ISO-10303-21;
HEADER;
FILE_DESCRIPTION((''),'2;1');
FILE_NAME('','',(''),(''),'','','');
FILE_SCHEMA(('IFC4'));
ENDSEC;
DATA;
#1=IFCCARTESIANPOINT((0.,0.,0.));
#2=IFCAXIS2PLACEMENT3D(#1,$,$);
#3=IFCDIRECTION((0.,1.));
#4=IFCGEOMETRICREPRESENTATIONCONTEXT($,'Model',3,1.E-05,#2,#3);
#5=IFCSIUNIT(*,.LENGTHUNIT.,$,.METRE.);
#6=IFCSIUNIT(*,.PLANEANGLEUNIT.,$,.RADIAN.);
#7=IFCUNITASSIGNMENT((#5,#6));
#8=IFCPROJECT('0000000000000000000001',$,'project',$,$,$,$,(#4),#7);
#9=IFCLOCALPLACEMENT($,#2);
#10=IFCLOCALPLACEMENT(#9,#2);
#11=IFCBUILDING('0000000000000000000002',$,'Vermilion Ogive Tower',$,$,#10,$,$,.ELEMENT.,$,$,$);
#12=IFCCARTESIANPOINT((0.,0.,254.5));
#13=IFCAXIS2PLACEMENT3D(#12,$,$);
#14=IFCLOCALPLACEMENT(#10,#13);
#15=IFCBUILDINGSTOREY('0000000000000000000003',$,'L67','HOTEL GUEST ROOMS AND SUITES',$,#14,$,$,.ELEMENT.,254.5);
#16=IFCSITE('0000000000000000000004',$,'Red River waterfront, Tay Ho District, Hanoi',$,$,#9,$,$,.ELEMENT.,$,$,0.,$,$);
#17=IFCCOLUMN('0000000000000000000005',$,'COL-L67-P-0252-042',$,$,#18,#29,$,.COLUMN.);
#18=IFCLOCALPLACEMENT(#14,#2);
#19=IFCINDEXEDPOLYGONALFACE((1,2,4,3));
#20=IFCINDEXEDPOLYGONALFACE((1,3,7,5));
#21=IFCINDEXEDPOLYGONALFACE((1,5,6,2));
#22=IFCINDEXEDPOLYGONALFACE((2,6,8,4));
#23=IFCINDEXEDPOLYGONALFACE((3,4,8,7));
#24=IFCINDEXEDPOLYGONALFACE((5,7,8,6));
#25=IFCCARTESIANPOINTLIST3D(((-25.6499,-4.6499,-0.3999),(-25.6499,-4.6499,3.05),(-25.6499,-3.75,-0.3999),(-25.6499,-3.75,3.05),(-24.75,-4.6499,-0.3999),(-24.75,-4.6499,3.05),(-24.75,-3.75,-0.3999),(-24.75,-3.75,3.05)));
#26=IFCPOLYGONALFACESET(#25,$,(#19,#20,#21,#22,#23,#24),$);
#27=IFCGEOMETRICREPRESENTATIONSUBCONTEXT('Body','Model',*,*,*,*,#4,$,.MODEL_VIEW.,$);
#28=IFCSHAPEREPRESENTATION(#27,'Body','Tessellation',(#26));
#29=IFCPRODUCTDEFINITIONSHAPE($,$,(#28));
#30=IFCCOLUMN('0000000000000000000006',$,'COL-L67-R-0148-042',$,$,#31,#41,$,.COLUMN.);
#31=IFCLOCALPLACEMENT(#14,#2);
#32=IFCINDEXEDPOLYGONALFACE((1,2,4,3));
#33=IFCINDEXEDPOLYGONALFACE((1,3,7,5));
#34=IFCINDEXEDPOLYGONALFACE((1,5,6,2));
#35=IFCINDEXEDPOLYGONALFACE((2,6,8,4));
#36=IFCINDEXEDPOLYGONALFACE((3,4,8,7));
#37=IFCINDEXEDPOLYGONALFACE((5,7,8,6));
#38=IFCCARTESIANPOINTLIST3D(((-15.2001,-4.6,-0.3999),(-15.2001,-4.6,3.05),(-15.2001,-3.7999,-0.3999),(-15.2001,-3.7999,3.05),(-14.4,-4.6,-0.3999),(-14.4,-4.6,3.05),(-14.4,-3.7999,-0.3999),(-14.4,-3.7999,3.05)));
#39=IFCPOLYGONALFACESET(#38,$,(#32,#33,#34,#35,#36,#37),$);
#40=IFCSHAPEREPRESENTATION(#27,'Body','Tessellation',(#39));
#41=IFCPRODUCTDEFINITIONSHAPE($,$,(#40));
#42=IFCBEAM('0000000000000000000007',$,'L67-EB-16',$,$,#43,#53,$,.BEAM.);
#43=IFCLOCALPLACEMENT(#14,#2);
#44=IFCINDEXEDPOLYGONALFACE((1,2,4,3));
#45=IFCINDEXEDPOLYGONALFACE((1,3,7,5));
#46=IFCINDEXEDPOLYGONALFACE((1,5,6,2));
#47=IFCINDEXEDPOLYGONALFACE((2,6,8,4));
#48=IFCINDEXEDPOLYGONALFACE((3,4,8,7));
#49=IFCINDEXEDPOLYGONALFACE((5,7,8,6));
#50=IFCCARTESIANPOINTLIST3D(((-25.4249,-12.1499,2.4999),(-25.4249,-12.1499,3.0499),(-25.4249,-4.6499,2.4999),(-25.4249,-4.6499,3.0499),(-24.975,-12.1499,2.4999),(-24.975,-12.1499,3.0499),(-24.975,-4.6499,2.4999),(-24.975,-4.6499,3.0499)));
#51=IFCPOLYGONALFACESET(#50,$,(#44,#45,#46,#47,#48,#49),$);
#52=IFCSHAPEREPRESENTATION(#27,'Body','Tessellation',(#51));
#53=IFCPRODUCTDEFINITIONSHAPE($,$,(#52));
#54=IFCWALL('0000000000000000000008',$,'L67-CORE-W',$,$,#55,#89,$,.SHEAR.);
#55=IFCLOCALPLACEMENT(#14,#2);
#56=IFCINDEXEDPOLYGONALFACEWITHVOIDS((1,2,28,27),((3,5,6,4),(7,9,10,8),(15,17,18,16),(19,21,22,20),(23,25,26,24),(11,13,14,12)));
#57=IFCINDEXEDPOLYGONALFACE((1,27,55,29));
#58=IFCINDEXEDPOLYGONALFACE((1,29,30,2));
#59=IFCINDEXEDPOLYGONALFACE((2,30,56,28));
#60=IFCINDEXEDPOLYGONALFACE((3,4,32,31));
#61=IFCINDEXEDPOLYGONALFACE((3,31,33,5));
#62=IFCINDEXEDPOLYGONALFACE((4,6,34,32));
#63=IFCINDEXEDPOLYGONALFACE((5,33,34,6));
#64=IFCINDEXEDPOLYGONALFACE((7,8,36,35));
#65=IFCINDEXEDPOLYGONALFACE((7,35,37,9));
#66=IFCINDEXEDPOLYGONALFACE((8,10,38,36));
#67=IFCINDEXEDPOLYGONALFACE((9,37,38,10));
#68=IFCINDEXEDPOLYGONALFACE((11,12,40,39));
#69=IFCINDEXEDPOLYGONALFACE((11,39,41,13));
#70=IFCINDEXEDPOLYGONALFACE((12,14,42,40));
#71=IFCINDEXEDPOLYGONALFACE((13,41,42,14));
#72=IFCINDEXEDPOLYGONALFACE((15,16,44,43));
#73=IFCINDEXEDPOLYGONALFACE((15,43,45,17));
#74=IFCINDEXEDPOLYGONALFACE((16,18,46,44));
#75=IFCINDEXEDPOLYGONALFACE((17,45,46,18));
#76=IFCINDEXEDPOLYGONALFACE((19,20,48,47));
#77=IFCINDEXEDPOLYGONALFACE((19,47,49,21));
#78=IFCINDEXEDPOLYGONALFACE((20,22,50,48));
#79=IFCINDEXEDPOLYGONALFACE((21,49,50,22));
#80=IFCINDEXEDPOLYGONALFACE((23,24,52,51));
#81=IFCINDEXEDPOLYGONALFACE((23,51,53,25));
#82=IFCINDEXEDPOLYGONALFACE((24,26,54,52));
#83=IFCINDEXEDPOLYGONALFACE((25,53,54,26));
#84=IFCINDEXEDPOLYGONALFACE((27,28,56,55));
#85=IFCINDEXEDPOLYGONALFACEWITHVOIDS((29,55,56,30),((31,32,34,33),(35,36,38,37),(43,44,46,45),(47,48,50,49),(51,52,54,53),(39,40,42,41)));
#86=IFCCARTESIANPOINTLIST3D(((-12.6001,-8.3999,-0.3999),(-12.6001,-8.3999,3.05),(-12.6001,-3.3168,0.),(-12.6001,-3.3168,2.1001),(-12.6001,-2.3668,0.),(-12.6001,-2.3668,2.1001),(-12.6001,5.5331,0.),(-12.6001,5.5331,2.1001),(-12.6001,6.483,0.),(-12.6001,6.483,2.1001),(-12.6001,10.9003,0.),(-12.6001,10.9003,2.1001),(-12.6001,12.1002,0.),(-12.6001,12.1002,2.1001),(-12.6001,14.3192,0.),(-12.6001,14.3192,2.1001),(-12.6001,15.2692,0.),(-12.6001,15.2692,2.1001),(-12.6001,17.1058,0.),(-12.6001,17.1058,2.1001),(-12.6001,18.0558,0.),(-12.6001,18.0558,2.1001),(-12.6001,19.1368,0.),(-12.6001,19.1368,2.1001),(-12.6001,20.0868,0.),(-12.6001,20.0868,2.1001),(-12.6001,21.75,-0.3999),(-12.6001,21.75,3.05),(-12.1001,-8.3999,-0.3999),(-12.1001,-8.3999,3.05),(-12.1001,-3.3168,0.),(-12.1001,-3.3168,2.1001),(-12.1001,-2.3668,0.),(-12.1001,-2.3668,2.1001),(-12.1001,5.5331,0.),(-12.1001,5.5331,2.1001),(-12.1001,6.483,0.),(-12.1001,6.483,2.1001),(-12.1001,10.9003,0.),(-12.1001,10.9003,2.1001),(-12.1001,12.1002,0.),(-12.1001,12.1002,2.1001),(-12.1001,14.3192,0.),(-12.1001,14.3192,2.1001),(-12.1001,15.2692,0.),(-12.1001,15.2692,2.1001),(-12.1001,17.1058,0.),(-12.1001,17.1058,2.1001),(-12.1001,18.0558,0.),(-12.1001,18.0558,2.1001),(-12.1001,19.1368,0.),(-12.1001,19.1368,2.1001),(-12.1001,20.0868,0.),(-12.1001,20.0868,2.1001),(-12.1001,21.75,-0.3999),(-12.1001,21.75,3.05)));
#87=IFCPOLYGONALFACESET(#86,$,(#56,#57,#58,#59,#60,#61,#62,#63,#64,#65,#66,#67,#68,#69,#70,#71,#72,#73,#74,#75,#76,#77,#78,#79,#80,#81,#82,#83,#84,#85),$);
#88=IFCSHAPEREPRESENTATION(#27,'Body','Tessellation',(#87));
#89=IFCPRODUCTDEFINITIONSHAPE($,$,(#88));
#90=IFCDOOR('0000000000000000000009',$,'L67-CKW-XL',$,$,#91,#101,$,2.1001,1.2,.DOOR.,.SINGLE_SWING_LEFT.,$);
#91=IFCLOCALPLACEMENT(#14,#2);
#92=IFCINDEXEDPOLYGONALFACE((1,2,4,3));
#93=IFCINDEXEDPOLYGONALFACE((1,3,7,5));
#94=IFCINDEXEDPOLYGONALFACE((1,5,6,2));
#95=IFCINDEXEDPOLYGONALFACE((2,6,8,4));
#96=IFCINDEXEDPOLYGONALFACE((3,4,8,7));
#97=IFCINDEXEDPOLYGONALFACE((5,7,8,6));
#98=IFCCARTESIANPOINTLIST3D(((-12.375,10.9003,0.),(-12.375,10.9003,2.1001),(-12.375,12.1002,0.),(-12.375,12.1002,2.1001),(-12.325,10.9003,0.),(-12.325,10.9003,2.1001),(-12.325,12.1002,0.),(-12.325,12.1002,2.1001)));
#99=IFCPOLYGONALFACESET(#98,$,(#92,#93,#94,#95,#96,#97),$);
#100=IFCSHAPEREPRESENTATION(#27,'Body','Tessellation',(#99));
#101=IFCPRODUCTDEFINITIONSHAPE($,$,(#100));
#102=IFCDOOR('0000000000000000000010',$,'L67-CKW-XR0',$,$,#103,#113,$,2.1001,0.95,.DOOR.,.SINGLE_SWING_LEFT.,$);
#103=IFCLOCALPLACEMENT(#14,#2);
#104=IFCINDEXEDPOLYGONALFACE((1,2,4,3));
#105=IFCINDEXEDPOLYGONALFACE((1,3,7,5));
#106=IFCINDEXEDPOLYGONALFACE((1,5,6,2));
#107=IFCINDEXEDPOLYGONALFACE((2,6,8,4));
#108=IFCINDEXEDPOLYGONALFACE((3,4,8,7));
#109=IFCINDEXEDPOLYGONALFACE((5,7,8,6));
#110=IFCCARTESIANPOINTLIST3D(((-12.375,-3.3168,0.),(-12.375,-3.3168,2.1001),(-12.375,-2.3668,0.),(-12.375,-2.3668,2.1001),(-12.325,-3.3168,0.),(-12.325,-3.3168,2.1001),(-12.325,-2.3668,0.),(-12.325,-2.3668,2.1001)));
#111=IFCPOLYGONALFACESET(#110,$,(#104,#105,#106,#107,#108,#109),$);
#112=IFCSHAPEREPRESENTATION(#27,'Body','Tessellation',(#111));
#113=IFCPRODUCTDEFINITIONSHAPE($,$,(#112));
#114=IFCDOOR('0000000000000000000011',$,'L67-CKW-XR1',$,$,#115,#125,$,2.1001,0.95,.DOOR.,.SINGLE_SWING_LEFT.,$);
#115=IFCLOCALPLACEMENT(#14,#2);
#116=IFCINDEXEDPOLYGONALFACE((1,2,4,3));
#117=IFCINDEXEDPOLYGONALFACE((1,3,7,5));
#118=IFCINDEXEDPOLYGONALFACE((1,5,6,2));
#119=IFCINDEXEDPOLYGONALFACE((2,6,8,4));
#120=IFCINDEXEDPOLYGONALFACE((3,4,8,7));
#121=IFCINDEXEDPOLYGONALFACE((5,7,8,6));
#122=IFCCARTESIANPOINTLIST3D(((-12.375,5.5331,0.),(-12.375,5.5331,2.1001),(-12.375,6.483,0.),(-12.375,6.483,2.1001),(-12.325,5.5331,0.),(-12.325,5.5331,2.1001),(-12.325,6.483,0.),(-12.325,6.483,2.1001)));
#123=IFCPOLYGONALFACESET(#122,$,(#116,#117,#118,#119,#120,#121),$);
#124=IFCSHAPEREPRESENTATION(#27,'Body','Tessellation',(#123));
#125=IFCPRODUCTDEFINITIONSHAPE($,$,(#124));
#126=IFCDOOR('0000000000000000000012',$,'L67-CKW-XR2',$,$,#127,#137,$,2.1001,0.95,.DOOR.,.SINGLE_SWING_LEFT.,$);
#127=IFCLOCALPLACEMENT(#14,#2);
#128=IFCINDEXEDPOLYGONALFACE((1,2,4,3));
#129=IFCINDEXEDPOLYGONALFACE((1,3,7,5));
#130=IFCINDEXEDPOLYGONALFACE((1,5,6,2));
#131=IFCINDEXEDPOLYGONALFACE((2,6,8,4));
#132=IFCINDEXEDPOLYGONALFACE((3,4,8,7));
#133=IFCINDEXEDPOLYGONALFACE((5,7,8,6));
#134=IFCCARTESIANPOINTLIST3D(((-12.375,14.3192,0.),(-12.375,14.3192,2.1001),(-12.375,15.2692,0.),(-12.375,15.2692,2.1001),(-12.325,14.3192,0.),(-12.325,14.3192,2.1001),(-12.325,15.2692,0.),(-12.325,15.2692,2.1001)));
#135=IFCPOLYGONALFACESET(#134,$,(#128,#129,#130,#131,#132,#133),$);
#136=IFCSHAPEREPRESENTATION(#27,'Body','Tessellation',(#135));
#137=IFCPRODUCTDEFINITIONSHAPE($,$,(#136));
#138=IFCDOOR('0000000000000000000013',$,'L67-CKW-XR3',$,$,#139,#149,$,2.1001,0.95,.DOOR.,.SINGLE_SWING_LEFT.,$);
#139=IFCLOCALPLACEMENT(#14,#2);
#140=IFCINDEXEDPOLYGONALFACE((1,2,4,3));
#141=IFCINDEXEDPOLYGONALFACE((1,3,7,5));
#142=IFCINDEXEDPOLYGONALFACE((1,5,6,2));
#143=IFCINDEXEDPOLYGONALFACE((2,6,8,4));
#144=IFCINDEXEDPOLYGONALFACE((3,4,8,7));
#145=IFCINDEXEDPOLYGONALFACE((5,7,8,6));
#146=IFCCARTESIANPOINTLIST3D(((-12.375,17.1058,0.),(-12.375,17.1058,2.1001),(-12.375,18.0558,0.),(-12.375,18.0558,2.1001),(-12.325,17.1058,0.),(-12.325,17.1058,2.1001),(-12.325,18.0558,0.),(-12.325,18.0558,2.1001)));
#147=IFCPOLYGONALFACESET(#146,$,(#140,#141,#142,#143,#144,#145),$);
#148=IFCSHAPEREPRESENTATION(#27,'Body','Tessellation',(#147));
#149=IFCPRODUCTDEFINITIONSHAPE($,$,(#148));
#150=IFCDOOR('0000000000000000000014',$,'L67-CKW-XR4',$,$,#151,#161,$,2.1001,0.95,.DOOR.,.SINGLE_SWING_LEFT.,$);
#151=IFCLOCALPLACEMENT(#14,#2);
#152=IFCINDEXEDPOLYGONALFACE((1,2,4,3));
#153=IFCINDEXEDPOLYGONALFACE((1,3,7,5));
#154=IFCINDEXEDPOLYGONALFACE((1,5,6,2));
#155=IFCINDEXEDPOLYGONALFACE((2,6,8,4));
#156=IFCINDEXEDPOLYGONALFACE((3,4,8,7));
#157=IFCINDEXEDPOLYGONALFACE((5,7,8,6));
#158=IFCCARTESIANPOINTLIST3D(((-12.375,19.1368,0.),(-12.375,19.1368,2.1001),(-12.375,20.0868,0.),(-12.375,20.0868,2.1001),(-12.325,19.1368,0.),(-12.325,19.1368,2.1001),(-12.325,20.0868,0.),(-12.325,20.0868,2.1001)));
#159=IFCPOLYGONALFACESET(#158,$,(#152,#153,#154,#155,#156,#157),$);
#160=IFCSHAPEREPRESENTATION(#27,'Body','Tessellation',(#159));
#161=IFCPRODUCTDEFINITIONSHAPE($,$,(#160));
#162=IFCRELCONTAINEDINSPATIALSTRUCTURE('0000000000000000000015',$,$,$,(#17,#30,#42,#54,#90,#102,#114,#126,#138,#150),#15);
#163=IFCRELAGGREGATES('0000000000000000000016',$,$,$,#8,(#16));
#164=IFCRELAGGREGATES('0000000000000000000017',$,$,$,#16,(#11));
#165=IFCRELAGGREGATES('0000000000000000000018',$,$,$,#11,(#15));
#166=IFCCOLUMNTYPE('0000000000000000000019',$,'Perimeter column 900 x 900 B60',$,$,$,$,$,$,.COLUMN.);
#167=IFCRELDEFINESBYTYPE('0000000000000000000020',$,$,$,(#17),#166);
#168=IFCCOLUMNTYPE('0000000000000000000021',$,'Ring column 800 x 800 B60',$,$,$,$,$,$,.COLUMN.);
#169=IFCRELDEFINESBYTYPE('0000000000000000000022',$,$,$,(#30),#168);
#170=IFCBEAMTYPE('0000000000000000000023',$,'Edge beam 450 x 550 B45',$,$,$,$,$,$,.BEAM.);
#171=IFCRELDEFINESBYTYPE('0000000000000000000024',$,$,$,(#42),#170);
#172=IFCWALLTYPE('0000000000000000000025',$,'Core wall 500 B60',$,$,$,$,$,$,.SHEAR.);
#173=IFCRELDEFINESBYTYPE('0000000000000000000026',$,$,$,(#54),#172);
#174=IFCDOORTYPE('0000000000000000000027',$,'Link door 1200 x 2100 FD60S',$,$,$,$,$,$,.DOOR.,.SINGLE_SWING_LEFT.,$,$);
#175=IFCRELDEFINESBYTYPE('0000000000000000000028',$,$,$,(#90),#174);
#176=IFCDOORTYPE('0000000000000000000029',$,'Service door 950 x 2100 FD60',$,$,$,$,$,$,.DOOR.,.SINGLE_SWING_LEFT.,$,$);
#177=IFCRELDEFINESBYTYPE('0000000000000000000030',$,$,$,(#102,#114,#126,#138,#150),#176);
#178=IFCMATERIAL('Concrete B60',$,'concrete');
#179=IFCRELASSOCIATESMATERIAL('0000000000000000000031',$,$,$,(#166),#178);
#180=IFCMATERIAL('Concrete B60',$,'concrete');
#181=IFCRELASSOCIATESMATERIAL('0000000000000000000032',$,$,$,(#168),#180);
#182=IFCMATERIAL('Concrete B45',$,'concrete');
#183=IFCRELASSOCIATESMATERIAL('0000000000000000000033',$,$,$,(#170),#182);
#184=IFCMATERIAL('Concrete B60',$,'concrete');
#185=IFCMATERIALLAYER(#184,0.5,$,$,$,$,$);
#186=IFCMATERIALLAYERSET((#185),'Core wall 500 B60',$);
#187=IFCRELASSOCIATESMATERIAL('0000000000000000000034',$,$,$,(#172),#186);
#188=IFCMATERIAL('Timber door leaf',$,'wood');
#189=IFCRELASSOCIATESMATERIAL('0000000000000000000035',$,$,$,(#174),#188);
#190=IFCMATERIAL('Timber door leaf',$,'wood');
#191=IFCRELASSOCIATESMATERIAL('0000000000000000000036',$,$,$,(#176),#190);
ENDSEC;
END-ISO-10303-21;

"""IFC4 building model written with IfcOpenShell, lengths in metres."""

from ifc_helpers import new_model, si_unit, direction, frame, frame_2d, origin, origin_2d, place, context, subcontext, project, spatial, rectangle, extrude, material, layer, layer_set, material_profile, profile_set, type_object, element, fill, save


model = new_model("IFC4")

# Units and contexts
model_context = context("Model", 3, precision=1e-05, world=origin(), true_north=direction((0.0, 1.0)))
body_context = subcontext(model_context, "Body", "Model", "MODEL_VIEW")
ifc_project = project(units=[si_unit("LENGTHUNIT", "METRE"), si_unit("PLANEANGLEUNIT", "RADIAN")], contexts=[model_context])

# Site, building, storey
site_placement = place(None, origin())
site = spatial("IfcSite", under=ifc_project, at=site_placement, Name="Red River waterfront, Tay Ho District, Hanoi", CompositionType="ELEMENT", RefElevation=0.0)
building_placement = place(site_placement, origin())
building = spatial("IfcBuilding", under=site, at=building_placement, Name="Vermilion Ogive Tower", CompositionType="ELEMENT")
storey_placement = place(building_placement, frame((0.0, 0.0, 254.5)))
storey = spatial("IfcBuildingStorey", under=building, at=storey_placement, Name="L67", Description="HOTEL GUEST ROOMS AND SUITES", CompositionType="ELEMENT", Elevation=254.5)

# Columns
ifc_material_1 = material(Name="Concrete B60", Category="concrete")
ifc_material_profile_1 = material_profile(ifc_material_1, rectangle(XDim=0.8999, YDim=0.8999, at=origin_2d()), Name="900 x 900")
ifc_profile_set_1 = profile_set([ifc_material_profile_1], Name="Concrete B60")
column_type_1 = type_object("IfcColumnType", Name="Perimeter column 900 x 900 B60", PredefinedType="COLUMN", material=ifc_profile_set_1)
column_1_placement = place(storey_placement, frame((-25.2, -4.2, -0.3999), z_axis=(0.0, 0.0, 1.0), x_axis=(1.0, 0.0, 0.0)))
element("IfcColumn", 1, at=column_1_placement, inside=storey, type_object=column_type_1, Name="COL-L67-P-0252-042", PredefinedType="COLUMN", context=body_context, shape_type="SweptSolid", body=[
    extrude(rectangle(XDim=0.8999, YDim=0.8999, at=origin_2d()), origin(), (0.0, 0.0, 1.0), 3.45),
])
ifc_material_2 = material(Name="Concrete B60", Category="concrete")
ifc_material_profile_2 = material_profile(ifc_material_2, rectangle(XDim=0.8, YDim=0.8, at=origin_2d()), Name="800 x 800")
ifc_profile_set_2 = profile_set([ifc_material_profile_2], Name="Concrete B60")
column_type_2 = type_object("IfcColumnType", Name="Ring column 800 x 800 B60", PredefinedType="COLUMN", material=ifc_profile_set_2)
column_2_placement = place(storey_placement, frame((-14.8, -4.2, -0.3999), z_axis=(0.0, 0.0, 1.0), x_axis=(1.0, 0.0, 0.0)))
element("IfcColumn", 2, at=column_2_placement, inside=storey, type_object=column_type_2, Name="COL-L67-R-0148-042", PredefinedType="COLUMN", context=body_context, shape_type="SweptSolid", body=[
    extrude(rectangle(XDim=0.8, YDim=0.8, at=origin_2d()), origin(), (0.0, 0.0, 1.0), 3.45),
])

# Beam
ifc_material_3 = material(Name="Concrete B45", Category="concrete")
ifc_material_profile_3 = material_profile(ifc_material_3, rectangle(XDim=0.45, YDim=0.55, at=origin_2d()), Name="450 x 550")
ifc_profile_set_3 = profile_set([ifc_material_profile_3], Name="Concrete B45")
beam_type = type_object("IfcBeamType", Name="Edge beam 450 x 550 B45", PredefinedType="BEAM", material=ifc_profile_set_3)
beam_placement = place(storey_placement, frame((-25.2, -4.6499, 2.7749), z_axis=(0.0, -1.0, 0.0), x_axis=(1.0, 0.0, 0.0)))
element("IfcBeam", 3, at=beam_placement, inside=storey, type_object=beam_type, Name="L67-EB-16", PredefinedType="BEAM", context=body_context, shape_type="SweptSolid", body=[
    extrude(rectangle(XDim=0.45, YDim=0.55, at=origin_2d()), origin(), (0.0, 0.0, 1.0), 7.5),
])

# Wall, openings, doors
ifc_material_4 = material(Name="Concrete B60", Category="concrete")
ifc_layer_1 = layer(ifc_material_4, 0.5)
ifc_layer_set_1 = layer_set([ifc_layer_1], Name="Core wall 500 B60")
wall_type_1 = type_object("IfcWallType", Name="Core wall 500 B60", PredefinedType="SHEAR", material=ifc_layer_set_1)
wall_1_placement = place(storey_placement, frame((-12.3501, -8.3999, -0.3999), z_axis=(0.0, 0.0, 1.0), x_axis=(0.0, 1.0, 0.0)))
wall_1 = element("IfcWall", 4, at=wall_1_placement, inside=storey, type_object=wall_type_1, Name="L67-CORE-W", PredefinedType="SHEAR", context=body_context, shape_type="SweptSolid", body=[
    extrude(rectangle(XDim=30.1499, YDim=0.5, at=frame_2d((15.075, 0.0))), origin(), (0.0, 0.0, 1.0), 3.45),
])
opening_1_placement = place(wall_1_placement, frame((5.083, 0.0, 0.3999)))
opening_1 = element("IfcOpeningElement", 5, at=opening_1_placement, cuts=wall_1, PredefinedType="OPENING", context=body_context, shape_type="SweptSolid", body=[
    extrude(rectangle(XDim=0.95, YDim=2.1001, at=frame_2d((0.4751, 1.05))), frame((0.0, 0.26, 0.0), z_axis=(0.0, -1.0, 0.0), x_axis=(1.0, 0.0, 0.0)), (0.0, 0.0, 1.0), 0.52),
])
opening_2_placement = place(wall_1_placement, frame((13.9329, 0.0, 0.3999)))
opening_2 = element("IfcOpeningElement", 6, at=opening_2_placement, cuts=wall_1, PredefinedType="OPENING", context=body_context, shape_type="SweptSolid", body=[
    extrude(rectangle(XDim=0.95, YDim=2.1001, at=frame_2d((0.4751, 1.05))), frame((0.0, 0.26, 0.0), z_axis=(0.0, -1.0, 0.0), x_axis=(1.0, 0.0, 0.0)), (0.0, 0.0, 1.0), 0.52),
])
opening_3_placement = place(wall_1_placement, frame((22.719, 0.0, 0.3999)))
opening_3 = element("IfcOpeningElement", 7, at=opening_3_placement, cuts=wall_1, PredefinedType="OPENING", context=body_context, shape_type="SweptSolid", body=[
    extrude(rectangle(XDim=0.95, YDim=2.1001, at=frame_2d((0.4751, 1.05))), frame((0.0, 0.26, 0.0), z_axis=(0.0, -1.0, 0.0), x_axis=(1.0, 0.0, 0.0)), (0.0, 0.0, 1.0), 0.52),
])
opening_4_placement = place(wall_1_placement, frame((25.5056, 0.0, 0.3999)))
opening_4 = element("IfcOpeningElement", 8, at=opening_4_placement, cuts=wall_1, PredefinedType="OPENING", context=body_context, shape_type="SweptSolid", body=[
    extrude(rectangle(XDim=0.95, YDim=2.1001, at=frame_2d((0.4751, 1.05))), frame((0.0, 0.26, 0.0), z_axis=(0.0, -1.0, 0.0), x_axis=(1.0, 0.0, 0.0)), (0.0, 0.0, 1.0), 0.52),
])
opening_5_placement = place(wall_1_placement, frame((27.5366, 0.0, 0.3999)))
opening_5 = element("IfcOpeningElement", 9, at=opening_5_placement, cuts=wall_1, PredefinedType="OPENING", context=body_context, shape_type="SweptSolid", body=[
    extrude(rectangle(XDim=0.95, YDim=2.1001, at=frame_2d((0.4751, 1.05))), frame((0.0, 0.26, 0.0), z_axis=(0.0, -1.0, 0.0), x_axis=(1.0, 0.0, 0.0)), (0.0, 0.0, 1.0), 0.52),
])
opening_6_placement = place(wall_1_placement, frame((19.3, 0.0, 0.3999)))
opening_6 = element("IfcOpeningElement", 10, at=opening_6_placement, cuts=wall_1, PredefinedType="OPENING", context=body_context, shape_type="SweptSolid", body=[
    extrude(rectangle(XDim=1.2, YDim=2.1001, at=frame_2d((0.6001, 1.05))), frame((0.0, 0.26, 0.0), z_axis=(0.0, -1.0, 0.0), x_axis=(1.0, 0.0, 0.0)), (0.0, 0.0, 1.0), 0.52),
])
ifc_material_5 = material(Name="Timber door leaf", Category="wood")
door_type_1 = type_object("IfcDoorType", Name="Link door 1200 x 2100 FD60S", OperationType="SINGLE_SWING_LEFT", PredefinedType="DOOR", material=ifc_material_5)
door_1_placement = place(opening_6_placement, origin())
door_1 = element("IfcDoor", 11, at=door_1_placement, inside=storey, type_object=door_type_1, Name="L67-CKW-XL", OperationType="SINGLE_SWING_LEFT", OverallHeight=2.1001, OverallWidth=1.2, PredefinedType="DOOR", context=body_context, shape_type="SweptSolid", body=[
    extrude(rectangle(XDim=1.2, YDim=2.1001, at=frame_2d((0.6001, 1.05))), frame((0.0, 0.0249, 0.0), z_axis=(0.0, -1.0, 0.0), x_axis=(1.0, 0.0, 0.0)), (0.0, 0.0, 1.0), 0.05),
])
fill(opening_6, door_1)
ifc_material_6 = material(Name="Timber door leaf", Category="wood")
door_type_2 = type_object("IfcDoorType", Name="Service door 950 x 2100 FD60", OperationType="SINGLE_SWING_LEFT", PredefinedType="DOOR", material=ifc_material_6)
door_2_placement = place(opening_1_placement, origin())
door_2 = element("IfcDoor", 12, at=door_2_placement, inside=storey, type_object=door_type_2, Name="L67-CKW-XR0", OperationType="SINGLE_SWING_LEFT", OverallHeight=2.1001, OverallWidth=0.95, PredefinedType="DOOR", context=body_context, shape_type="SweptSolid", body=[
    extrude(rectangle(XDim=0.95, YDim=2.1001, at=frame_2d((0.4751, 1.05))), frame((0.0, 0.0249, 0.0), z_axis=(0.0, -1.0, 0.0), x_axis=(1.0, 0.0, 0.0)), (0.0, 0.0, 1.0), 0.05),
])
fill(opening_1, door_2)
door_3_placement = place(opening_2_placement, origin())
door_3 = element("IfcDoor", 13, at=door_3_placement, inside=storey, type_object=door_type_2, Name="L67-CKW-XR1", OperationType="SINGLE_SWING_LEFT", OverallHeight=2.1001, OverallWidth=0.95, PredefinedType="DOOR", context=body_context, shape_type="SweptSolid", body=[
    extrude(rectangle(XDim=0.95, YDim=2.1001, at=frame_2d((0.4751, 1.05))), frame((0.0, 0.0249, 0.0), z_axis=(0.0, -1.0, 0.0), x_axis=(1.0, 0.0, 0.0)), (0.0, 0.0, 1.0), 0.05),
])
fill(opening_2, door_3)
door_4_placement = place(opening_3_placement, origin())
door_4 = element("IfcDoor", 14, at=door_4_placement, inside=storey, type_object=door_type_2, Name="L67-CKW-XR2", OperationType="SINGLE_SWING_LEFT", OverallHeight=2.1001, OverallWidth=0.95, PredefinedType="DOOR", context=body_context, shape_type="SweptSolid", body=[
    extrude(rectangle(XDim=0.95, YDim=2.1001, at=frame_2d((0.4751, 1.05))), frame((0.0, 0.0249, 0.0), z_axis=(0.0, -1.0, 0.0), x_axis=(1.0, 0.0, 0.0)), (0.0, 0.0, 1.0), 0.05),
])
fill(opening_3, door_4)
door_5_placement = place(opening_4_placement, origin())
door_5 = element("IfcDoor", 15, at=door_5_placement, inside=storey, type_object=door_type_2, Name="L67-CKW-XR3", OperationType="SINGLE_SWING_LEFT", OverallHeight=2.1001, OverallWidth=0.95, PredefinedType="DOOR", context=body_context, shape_type="SweptSolid", body=[
    extrude(rectangle(XDim=0.95, YDim=2.1001, at=frame_2d((0.4751, 1.05))), frame((0.0, 0.0249, 0.0), z_axis=(0.0, -1.0, 0.0), x_axis=(1.0, 0.0, 0.0)), (0.0, 0.0, 1.0), 0.05),
])
fill(opening_4, door_5)
door_6_placement = place(opening_5_placement, origin())
door_6 = element("IfcDoor", 16, at=door_6_placement, inside=storey, type_object=door_type_2, Name="L67-CKW-XR4", OperationType="SINGLE_SWING_LEFT", OverallHeight=2.1001, OverallWidth=0.95, PredefinedType="DOOR", context=body_context, shape_type="SweptSolid", body=[
    extrude(rectangle(XDim=0.95, YDim=2.1001, at=frame_2d((0.4751, 1.05))), frame((0.0, 0.0249, 0.0), z_axis=(0.0, -1.0, 0.0), x_axis=(1.0, 0.0, 0.0)), (0.0, 0.0, 1.0), 0.05),
])
fill(opening_5, door_6)

save(model, "model.ifc")
